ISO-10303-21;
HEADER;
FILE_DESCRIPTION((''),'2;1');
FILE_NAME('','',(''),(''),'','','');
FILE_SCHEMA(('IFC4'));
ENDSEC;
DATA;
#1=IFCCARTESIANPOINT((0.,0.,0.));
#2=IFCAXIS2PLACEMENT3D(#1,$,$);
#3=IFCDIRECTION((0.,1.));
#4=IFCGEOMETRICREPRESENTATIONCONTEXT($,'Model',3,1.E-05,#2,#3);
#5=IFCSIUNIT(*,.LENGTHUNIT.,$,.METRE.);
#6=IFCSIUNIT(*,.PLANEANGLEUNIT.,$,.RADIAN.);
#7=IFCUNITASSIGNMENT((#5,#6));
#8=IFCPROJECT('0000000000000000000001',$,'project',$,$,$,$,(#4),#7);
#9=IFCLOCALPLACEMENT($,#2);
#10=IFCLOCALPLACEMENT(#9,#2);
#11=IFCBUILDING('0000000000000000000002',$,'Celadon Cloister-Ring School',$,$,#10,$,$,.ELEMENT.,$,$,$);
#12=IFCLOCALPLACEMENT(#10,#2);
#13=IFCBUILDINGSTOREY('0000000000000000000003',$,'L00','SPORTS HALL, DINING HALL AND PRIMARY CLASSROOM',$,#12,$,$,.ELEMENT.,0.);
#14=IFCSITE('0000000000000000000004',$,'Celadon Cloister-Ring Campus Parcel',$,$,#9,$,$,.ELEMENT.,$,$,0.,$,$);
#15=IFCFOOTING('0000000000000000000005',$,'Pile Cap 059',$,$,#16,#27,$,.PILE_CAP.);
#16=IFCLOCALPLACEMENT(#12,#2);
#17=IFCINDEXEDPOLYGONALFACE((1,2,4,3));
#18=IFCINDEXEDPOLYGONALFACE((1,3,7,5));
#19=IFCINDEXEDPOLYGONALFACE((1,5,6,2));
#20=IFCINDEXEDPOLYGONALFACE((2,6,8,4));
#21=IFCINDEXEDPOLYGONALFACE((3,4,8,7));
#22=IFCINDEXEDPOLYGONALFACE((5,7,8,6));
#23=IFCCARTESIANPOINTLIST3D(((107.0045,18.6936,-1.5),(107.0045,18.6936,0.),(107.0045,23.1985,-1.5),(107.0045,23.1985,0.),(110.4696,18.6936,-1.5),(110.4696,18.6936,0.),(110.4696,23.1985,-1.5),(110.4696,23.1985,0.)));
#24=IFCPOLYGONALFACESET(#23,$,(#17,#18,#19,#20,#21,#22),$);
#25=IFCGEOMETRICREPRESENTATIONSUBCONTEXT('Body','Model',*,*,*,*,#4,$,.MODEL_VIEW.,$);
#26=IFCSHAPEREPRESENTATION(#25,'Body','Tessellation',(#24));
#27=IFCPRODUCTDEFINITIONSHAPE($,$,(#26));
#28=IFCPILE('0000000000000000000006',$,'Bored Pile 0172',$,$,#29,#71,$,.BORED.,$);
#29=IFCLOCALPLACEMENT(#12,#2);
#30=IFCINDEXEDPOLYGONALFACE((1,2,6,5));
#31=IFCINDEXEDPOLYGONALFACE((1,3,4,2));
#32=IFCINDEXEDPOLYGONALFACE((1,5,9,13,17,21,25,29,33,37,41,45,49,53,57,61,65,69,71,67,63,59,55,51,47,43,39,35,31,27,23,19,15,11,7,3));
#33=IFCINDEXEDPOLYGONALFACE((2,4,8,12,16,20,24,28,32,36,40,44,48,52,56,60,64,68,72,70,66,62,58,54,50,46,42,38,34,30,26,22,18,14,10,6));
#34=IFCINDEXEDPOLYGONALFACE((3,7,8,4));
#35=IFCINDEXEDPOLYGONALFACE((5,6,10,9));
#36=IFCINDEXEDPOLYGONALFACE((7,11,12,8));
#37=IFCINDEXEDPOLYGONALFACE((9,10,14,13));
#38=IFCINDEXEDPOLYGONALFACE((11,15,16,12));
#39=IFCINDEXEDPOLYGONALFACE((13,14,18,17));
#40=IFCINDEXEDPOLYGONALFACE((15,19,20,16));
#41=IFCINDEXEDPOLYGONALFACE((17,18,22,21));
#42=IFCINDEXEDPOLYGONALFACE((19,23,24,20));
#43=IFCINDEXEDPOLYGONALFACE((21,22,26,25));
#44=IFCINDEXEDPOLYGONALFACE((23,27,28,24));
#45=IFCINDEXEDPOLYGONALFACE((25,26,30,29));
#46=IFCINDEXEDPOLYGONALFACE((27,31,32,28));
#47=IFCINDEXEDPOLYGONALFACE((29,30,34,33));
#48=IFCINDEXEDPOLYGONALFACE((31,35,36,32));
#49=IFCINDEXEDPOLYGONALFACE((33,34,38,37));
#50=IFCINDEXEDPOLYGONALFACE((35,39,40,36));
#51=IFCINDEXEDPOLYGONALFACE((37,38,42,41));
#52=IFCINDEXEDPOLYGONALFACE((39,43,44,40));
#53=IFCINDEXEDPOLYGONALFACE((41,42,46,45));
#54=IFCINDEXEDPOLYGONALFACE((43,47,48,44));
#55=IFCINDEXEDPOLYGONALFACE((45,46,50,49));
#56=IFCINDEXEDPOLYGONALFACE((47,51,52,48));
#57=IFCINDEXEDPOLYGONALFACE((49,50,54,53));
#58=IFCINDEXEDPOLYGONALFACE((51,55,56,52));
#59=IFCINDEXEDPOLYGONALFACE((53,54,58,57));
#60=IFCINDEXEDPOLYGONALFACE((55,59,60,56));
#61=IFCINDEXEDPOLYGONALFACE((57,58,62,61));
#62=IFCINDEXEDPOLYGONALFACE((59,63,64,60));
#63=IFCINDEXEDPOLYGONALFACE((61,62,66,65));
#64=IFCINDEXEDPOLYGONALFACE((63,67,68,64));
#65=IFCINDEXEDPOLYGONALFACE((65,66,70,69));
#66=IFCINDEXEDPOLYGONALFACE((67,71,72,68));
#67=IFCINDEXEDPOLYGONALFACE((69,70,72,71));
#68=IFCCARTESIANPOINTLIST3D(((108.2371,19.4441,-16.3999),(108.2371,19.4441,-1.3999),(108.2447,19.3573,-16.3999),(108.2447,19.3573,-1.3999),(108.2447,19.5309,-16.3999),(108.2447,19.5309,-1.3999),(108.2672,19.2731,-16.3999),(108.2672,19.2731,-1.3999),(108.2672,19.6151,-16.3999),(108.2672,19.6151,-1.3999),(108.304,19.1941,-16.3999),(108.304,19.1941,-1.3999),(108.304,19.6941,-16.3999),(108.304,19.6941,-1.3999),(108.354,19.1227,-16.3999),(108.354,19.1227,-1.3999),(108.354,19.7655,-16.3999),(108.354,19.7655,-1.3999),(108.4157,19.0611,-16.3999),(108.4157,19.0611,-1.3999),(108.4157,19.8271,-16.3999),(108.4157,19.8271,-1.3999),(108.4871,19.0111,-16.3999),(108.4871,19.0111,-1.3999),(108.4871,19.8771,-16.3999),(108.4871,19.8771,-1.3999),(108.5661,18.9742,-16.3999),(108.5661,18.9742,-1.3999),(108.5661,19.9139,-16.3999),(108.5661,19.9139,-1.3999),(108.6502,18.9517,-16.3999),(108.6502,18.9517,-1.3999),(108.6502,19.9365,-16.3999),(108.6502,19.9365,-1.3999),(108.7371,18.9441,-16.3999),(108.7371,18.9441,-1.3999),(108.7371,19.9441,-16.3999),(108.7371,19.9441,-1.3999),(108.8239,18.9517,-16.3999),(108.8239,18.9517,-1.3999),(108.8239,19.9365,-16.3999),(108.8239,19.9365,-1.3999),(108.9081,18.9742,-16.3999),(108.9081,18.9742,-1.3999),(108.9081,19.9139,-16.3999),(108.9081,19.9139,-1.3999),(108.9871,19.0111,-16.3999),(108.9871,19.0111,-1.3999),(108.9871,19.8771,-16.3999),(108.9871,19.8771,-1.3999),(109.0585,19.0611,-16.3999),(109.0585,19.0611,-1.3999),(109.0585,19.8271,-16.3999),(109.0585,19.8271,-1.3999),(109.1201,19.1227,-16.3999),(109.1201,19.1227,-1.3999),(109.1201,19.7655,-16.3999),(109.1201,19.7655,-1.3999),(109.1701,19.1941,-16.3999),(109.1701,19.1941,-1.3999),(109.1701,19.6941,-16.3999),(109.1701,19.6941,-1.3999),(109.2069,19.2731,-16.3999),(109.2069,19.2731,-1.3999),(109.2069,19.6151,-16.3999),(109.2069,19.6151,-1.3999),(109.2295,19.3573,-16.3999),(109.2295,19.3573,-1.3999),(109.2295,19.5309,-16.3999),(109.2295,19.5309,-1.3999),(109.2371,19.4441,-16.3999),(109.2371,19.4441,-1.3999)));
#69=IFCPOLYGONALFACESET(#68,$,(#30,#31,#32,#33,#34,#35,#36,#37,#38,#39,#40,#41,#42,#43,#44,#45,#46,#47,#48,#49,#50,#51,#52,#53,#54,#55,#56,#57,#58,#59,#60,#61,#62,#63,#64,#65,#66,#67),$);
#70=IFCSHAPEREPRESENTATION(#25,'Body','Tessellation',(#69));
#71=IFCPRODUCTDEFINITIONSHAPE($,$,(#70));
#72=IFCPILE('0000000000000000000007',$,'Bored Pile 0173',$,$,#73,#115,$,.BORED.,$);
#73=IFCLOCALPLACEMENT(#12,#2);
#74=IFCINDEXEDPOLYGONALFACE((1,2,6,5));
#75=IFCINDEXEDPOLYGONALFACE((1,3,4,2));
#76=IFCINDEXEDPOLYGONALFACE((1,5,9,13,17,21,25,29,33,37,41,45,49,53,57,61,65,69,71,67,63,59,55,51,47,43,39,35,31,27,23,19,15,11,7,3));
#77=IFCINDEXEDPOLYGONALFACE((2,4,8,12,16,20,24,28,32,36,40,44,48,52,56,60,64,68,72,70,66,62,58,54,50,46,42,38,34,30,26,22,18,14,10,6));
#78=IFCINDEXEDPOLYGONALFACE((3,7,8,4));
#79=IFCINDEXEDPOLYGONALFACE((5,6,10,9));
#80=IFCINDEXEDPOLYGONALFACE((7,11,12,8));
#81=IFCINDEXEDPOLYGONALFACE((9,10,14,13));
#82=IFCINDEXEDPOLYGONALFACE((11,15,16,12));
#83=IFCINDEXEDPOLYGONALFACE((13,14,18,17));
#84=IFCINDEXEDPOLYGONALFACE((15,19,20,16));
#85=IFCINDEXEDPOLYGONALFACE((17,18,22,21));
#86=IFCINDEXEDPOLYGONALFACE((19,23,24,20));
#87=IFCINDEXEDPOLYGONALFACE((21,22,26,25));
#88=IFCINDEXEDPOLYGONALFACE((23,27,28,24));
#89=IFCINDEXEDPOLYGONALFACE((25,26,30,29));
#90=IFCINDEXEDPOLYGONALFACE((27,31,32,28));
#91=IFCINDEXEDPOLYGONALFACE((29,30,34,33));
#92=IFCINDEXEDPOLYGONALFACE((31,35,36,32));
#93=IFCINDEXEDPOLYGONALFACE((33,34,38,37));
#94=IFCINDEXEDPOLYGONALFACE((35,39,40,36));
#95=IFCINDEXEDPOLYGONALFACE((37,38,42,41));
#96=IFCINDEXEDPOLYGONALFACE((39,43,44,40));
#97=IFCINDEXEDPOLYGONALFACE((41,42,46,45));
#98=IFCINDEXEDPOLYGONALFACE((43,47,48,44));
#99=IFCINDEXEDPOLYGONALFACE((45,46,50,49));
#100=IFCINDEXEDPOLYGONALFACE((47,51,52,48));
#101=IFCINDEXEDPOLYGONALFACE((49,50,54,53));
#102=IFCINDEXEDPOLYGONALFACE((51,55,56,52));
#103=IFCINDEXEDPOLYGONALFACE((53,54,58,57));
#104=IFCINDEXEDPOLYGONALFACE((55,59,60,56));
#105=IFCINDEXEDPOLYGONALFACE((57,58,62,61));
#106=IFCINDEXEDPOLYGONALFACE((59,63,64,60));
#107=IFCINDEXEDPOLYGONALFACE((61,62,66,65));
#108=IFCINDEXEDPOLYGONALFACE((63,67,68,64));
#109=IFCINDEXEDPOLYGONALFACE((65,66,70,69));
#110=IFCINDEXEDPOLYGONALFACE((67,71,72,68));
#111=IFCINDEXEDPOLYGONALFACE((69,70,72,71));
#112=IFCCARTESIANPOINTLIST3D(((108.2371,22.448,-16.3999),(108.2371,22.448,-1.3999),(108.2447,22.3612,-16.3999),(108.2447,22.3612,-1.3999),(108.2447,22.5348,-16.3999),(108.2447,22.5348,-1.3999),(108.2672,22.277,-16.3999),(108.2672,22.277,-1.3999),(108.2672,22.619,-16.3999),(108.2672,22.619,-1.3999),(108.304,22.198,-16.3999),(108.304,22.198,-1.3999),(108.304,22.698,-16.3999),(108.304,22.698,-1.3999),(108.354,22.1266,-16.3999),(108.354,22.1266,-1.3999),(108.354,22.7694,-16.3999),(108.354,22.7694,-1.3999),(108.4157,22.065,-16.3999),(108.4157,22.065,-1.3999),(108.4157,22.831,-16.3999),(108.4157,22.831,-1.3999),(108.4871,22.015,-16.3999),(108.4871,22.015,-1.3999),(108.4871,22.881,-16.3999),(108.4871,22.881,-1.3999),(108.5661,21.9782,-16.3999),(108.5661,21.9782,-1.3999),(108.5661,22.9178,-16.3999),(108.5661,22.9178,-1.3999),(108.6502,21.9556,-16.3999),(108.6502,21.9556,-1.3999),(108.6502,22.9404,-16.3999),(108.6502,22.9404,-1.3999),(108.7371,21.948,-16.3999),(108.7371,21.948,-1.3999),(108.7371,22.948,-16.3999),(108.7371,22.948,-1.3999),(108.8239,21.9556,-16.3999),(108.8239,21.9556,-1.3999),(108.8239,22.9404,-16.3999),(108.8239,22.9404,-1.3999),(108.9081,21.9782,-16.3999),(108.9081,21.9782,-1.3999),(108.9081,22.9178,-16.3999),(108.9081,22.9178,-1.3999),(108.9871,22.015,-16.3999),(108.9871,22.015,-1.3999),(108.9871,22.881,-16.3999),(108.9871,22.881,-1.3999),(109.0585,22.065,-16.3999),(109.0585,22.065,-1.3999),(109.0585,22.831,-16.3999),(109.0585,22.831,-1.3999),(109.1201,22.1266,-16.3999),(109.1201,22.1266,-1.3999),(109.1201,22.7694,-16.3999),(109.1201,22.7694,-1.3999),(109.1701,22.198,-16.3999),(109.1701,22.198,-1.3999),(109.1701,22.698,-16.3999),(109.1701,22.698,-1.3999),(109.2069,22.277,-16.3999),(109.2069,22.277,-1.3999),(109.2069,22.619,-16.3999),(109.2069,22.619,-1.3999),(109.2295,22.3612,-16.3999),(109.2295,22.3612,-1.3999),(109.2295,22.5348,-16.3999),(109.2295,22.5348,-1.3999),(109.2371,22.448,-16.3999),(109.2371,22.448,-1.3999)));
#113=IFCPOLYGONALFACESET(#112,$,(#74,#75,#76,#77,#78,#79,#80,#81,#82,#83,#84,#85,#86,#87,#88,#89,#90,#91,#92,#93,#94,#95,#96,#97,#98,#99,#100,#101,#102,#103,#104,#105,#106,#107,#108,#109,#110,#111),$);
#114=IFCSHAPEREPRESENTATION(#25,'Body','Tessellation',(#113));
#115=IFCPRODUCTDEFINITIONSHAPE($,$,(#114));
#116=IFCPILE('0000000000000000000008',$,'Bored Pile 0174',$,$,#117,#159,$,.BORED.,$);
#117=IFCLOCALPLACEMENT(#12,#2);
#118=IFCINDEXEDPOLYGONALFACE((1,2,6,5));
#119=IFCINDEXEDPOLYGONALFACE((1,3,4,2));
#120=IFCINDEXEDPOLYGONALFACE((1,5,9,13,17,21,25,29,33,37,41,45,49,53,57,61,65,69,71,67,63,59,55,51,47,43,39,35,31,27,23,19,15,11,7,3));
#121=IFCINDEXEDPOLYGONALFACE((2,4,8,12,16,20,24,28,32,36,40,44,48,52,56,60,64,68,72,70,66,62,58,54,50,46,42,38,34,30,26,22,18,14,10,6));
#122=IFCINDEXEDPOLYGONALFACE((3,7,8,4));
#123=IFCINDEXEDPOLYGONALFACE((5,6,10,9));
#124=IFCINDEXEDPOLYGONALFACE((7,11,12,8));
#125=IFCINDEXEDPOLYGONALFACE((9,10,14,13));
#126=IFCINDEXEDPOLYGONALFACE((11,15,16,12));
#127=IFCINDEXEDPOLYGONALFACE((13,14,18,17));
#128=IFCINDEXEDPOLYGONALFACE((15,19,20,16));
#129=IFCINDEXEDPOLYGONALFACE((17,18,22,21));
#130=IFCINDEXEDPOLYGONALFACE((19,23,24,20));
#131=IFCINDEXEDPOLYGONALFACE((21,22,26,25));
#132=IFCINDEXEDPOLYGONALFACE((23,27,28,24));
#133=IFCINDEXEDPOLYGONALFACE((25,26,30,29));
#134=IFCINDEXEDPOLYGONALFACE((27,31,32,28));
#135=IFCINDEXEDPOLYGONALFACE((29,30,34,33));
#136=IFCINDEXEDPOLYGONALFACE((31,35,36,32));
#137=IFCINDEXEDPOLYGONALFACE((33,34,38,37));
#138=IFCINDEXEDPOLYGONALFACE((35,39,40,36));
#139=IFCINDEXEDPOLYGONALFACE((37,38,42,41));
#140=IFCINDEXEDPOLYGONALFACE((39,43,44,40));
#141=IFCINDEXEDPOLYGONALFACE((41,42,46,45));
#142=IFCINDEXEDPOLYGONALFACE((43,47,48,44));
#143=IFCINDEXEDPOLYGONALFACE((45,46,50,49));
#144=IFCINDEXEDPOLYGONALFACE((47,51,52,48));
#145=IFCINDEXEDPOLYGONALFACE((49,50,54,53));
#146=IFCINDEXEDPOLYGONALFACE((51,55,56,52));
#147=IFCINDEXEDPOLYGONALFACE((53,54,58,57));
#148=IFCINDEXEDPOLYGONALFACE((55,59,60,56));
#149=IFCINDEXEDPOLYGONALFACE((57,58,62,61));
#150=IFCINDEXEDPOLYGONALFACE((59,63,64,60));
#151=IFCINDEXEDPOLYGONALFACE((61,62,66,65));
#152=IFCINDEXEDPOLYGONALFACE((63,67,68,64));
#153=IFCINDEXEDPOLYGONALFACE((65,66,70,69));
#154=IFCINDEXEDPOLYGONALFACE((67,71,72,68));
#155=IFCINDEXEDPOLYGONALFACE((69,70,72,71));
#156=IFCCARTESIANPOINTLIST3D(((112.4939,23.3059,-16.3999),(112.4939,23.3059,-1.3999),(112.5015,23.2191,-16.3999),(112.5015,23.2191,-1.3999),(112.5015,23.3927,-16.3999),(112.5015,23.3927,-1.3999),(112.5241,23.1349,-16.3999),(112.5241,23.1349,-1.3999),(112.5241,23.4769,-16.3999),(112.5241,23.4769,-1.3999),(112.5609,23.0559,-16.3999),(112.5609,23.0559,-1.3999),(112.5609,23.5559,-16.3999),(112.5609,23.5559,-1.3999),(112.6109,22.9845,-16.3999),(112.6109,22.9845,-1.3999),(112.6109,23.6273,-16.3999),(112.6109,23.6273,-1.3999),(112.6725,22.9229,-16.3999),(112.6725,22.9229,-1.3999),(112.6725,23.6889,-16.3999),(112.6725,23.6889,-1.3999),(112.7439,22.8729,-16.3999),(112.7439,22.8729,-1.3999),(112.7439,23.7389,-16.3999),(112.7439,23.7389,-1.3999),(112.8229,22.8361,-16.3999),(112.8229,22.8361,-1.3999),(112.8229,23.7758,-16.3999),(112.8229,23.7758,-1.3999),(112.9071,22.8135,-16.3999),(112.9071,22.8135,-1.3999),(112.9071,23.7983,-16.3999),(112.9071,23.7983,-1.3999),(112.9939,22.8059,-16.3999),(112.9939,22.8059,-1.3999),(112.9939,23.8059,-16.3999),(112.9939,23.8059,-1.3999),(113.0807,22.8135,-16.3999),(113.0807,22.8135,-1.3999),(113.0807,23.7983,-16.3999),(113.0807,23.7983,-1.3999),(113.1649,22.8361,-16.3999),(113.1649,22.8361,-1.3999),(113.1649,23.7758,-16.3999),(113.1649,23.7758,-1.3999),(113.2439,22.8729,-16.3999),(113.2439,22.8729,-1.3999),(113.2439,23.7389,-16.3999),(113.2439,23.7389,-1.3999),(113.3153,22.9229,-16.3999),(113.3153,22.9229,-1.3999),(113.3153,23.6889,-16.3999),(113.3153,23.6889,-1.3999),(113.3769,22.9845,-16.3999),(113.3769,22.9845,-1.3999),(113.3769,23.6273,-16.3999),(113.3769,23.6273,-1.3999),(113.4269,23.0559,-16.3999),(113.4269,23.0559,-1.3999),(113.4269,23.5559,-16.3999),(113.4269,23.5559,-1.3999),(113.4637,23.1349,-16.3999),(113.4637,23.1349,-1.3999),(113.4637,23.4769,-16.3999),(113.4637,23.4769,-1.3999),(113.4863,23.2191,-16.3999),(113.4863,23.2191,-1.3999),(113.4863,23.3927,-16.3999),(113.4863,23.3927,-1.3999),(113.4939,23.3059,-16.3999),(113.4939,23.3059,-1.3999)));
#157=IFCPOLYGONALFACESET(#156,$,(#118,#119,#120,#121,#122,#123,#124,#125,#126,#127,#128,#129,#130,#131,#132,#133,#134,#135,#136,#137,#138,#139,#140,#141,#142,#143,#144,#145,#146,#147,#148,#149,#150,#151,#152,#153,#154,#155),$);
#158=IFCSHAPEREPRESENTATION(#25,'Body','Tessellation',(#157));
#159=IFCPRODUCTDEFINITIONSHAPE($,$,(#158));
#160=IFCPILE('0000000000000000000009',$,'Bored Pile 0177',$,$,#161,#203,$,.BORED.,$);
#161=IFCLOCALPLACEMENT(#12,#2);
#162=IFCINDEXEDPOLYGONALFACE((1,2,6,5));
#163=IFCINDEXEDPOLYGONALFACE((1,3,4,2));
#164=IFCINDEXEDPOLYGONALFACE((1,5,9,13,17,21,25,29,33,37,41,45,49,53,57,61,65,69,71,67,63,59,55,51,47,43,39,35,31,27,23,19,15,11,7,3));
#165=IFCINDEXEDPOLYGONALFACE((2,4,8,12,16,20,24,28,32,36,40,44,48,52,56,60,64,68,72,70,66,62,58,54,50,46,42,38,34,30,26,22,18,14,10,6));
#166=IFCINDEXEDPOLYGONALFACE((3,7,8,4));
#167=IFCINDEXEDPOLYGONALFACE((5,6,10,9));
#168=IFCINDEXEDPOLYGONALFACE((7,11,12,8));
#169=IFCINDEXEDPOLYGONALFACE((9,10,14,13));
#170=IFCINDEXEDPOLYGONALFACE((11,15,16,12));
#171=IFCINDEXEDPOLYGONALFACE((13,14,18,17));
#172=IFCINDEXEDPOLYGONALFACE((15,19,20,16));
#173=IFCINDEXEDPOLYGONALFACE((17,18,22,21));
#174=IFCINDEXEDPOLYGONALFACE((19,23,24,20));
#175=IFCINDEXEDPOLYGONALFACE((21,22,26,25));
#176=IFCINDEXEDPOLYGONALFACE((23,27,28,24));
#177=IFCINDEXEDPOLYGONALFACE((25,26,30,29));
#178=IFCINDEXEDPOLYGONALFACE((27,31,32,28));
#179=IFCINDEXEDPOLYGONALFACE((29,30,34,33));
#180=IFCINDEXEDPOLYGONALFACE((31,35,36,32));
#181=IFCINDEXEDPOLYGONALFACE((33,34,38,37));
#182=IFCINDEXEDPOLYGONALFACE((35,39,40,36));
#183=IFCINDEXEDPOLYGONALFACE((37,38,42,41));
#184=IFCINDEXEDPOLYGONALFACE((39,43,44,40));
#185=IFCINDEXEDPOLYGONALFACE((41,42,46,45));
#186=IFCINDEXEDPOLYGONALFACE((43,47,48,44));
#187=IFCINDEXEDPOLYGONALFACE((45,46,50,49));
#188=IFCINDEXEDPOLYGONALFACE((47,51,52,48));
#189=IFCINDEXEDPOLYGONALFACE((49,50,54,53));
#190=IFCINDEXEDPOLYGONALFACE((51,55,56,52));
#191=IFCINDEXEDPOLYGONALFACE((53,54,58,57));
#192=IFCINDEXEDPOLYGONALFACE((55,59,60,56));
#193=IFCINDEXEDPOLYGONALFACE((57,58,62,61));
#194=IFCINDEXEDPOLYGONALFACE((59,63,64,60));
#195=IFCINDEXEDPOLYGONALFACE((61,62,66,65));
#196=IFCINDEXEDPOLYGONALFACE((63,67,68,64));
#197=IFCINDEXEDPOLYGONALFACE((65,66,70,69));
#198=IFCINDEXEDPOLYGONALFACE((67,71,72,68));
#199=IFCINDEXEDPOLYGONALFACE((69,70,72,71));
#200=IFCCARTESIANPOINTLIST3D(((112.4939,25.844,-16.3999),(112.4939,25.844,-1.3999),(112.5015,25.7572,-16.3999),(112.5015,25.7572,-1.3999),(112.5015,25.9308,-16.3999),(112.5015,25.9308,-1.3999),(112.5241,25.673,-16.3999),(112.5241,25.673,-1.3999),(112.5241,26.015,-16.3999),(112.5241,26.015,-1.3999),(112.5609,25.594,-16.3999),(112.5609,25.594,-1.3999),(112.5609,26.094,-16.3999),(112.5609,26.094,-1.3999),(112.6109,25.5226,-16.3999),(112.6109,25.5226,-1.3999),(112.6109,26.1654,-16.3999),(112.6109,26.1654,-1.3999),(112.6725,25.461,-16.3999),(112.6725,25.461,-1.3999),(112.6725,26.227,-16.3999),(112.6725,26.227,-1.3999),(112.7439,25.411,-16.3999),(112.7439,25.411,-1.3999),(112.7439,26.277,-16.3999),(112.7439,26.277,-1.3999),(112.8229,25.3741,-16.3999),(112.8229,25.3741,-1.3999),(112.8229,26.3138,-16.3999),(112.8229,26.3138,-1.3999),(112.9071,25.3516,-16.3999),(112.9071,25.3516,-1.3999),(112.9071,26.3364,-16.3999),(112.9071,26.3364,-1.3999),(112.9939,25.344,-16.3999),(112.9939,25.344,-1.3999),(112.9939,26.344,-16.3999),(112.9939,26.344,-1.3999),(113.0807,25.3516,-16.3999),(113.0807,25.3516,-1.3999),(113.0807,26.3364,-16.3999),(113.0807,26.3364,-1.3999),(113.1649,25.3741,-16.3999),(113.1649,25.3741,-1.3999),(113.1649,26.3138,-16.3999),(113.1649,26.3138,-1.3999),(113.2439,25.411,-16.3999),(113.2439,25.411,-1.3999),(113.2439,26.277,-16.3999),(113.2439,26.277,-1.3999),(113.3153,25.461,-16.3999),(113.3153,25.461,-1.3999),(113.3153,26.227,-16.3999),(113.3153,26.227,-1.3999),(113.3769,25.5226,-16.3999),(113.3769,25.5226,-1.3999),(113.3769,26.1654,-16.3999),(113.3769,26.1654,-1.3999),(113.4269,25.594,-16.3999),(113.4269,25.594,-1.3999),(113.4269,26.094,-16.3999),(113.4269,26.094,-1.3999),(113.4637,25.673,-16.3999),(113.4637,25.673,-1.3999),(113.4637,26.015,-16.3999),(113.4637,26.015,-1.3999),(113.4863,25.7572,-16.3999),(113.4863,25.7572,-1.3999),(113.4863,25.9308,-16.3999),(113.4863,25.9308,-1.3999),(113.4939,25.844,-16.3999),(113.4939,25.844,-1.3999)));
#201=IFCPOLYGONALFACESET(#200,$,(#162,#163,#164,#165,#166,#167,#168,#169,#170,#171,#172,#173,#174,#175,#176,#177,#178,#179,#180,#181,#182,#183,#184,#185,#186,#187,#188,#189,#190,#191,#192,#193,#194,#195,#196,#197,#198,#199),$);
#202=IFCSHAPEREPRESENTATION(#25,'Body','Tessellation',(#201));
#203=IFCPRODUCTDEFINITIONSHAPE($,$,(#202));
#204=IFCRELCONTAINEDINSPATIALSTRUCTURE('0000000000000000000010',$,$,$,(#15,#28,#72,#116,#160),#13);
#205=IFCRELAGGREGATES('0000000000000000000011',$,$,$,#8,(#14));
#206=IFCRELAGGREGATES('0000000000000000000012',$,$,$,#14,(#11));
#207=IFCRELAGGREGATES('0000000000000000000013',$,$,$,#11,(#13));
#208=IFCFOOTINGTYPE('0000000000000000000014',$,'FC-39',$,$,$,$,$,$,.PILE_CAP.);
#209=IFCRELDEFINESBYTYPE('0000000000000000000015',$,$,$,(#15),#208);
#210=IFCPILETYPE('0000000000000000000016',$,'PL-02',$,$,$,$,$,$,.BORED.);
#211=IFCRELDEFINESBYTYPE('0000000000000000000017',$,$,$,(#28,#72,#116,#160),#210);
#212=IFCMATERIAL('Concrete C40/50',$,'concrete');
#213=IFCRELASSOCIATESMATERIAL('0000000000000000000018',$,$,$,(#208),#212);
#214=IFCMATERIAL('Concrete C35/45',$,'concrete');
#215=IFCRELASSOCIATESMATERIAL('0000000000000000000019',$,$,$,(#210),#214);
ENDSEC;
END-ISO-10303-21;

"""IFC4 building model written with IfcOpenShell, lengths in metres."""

from ifc_helpers import new_model, si_unit, direction, frame, origin, origin_2d, place, context, subcontext, project, spatial, rectangle, circle, extrude, material, material_profile, profile_set, type_object, element, save


model = new_model("IFC4")

# Units and contexts
model_context = context("Model", 3, precision=1e-05, world=origin(), true_north=direction((0.0, 1.0)))
body_context = subcontext(model_context, "Body", "Model", "MODEL_VIEW")
ifc_project = project(units=[si_unit("LENGTHUNIT", "METRE"), si_unit("PLANEANGLEUNIT", "RADIAN")], contexts=[model_context])

# Site, building, storey
site_placement = place(None, origin())
site = spatial("IfcSite", under=ifc_project, at=site_placement, Name="Celadon Cloister-Ring Campus Parcel", CompositionType="ELEMENT", RefElevation=0.0)
building_placement = place(site_placement, origin())
building = spatial("IfcBuilding", under=site, at=building_placement, Name="Celadon Cloister-Ring School", CompositionType="ELEMENT")
storey_placement = place(building_placement, origin())
storey = spatial("IfcBuildingStorey", under=building, at=storey_placement, Name="L00", Description="SPORTS HALL, DINING HALL AND PRIMARY CLASSROOM", CompositionType="ELEMENT", Elevation=0.0)

# Footing
ifc_material_1 = material(Name="Concrete C40/50", Category="concrete")
footing_type = type_object("IfcFootingType", Name="FC-39", PredefinedType="PILE_CAP", material=ifc_material_1)
footing_placement = place(storey_placement, frame((108.7371, 20.946, -1.5), z_axis=(0.0, 0.0, 1.0), x_axis=(1.0, 0.0, 0.0)))
element("IfcFooting", 1, at=footing_placement, inside=storey, type_object=footing_type, Name="Pile Cap 059", PredefinedType="PILE_CAP", context=body_context, shape_type="SweptSolid", body=[
    extrude(rectangle(XDim=3.4651, YDim=4.5049, at=origin_2d()), origin(), (0.0, 0.0, 1.0), 1.5),
])

# Piles
ifc_material_2 = material(Name="Concrete C35/45", Category="concrete")
ifc_material_profile_1 = material_profile(ifc_material_2, circle(Radius=0.5, at=origin_2d()), Name="PILE1000")
ifc_profile_set_1 = profile_set([ifc_material_profile_1], Name="Concrete C35/45")
pile_type = type_object("IfcPileType", Name="PL-02", PredefinedType="BORED", material=ifc_profile_set_1)
for number, where, z_axis, x_axis, name in (
    (2, (108.7371, 19.4441, -1.3999), (0.0, 0.0, -1.0), (1.0, 0.0, 0.0), "Bored Pile 0172"),
    (3, (108.7371, 22.448, -1.3999), (0.0, 0.0, -1.0), (1.0, 0.0, 0.0), "Bored Pile 0173"),
    (4, (112.9939, 23.3059, -1.3999), (0.0, 0.0, -1.0), (1.0, 0.0, 0.0), "Bored Pile 0174"),
    (5, (112.9939, 25.844, -1.3999), (0.0, 0.0, -1.0), (1.0, 0.0, 0.0), "Bored Pile 0177"),
):
    element("IfcPile", number, at=place(storey_placement, frame(where, z_axis=z_axis, x_axis=x_axis)), inside=storey, type_object=pile_type, Name=name, PredefinedType="BORED", context=body_context, shape_type="SweptSolid", body=[
        extrude(circle(Radius=0.5, at=origin_2d()), origin(), (0.0, 0.0, 1.0), 15.0),
    ])

save(model, "model.ifc")
